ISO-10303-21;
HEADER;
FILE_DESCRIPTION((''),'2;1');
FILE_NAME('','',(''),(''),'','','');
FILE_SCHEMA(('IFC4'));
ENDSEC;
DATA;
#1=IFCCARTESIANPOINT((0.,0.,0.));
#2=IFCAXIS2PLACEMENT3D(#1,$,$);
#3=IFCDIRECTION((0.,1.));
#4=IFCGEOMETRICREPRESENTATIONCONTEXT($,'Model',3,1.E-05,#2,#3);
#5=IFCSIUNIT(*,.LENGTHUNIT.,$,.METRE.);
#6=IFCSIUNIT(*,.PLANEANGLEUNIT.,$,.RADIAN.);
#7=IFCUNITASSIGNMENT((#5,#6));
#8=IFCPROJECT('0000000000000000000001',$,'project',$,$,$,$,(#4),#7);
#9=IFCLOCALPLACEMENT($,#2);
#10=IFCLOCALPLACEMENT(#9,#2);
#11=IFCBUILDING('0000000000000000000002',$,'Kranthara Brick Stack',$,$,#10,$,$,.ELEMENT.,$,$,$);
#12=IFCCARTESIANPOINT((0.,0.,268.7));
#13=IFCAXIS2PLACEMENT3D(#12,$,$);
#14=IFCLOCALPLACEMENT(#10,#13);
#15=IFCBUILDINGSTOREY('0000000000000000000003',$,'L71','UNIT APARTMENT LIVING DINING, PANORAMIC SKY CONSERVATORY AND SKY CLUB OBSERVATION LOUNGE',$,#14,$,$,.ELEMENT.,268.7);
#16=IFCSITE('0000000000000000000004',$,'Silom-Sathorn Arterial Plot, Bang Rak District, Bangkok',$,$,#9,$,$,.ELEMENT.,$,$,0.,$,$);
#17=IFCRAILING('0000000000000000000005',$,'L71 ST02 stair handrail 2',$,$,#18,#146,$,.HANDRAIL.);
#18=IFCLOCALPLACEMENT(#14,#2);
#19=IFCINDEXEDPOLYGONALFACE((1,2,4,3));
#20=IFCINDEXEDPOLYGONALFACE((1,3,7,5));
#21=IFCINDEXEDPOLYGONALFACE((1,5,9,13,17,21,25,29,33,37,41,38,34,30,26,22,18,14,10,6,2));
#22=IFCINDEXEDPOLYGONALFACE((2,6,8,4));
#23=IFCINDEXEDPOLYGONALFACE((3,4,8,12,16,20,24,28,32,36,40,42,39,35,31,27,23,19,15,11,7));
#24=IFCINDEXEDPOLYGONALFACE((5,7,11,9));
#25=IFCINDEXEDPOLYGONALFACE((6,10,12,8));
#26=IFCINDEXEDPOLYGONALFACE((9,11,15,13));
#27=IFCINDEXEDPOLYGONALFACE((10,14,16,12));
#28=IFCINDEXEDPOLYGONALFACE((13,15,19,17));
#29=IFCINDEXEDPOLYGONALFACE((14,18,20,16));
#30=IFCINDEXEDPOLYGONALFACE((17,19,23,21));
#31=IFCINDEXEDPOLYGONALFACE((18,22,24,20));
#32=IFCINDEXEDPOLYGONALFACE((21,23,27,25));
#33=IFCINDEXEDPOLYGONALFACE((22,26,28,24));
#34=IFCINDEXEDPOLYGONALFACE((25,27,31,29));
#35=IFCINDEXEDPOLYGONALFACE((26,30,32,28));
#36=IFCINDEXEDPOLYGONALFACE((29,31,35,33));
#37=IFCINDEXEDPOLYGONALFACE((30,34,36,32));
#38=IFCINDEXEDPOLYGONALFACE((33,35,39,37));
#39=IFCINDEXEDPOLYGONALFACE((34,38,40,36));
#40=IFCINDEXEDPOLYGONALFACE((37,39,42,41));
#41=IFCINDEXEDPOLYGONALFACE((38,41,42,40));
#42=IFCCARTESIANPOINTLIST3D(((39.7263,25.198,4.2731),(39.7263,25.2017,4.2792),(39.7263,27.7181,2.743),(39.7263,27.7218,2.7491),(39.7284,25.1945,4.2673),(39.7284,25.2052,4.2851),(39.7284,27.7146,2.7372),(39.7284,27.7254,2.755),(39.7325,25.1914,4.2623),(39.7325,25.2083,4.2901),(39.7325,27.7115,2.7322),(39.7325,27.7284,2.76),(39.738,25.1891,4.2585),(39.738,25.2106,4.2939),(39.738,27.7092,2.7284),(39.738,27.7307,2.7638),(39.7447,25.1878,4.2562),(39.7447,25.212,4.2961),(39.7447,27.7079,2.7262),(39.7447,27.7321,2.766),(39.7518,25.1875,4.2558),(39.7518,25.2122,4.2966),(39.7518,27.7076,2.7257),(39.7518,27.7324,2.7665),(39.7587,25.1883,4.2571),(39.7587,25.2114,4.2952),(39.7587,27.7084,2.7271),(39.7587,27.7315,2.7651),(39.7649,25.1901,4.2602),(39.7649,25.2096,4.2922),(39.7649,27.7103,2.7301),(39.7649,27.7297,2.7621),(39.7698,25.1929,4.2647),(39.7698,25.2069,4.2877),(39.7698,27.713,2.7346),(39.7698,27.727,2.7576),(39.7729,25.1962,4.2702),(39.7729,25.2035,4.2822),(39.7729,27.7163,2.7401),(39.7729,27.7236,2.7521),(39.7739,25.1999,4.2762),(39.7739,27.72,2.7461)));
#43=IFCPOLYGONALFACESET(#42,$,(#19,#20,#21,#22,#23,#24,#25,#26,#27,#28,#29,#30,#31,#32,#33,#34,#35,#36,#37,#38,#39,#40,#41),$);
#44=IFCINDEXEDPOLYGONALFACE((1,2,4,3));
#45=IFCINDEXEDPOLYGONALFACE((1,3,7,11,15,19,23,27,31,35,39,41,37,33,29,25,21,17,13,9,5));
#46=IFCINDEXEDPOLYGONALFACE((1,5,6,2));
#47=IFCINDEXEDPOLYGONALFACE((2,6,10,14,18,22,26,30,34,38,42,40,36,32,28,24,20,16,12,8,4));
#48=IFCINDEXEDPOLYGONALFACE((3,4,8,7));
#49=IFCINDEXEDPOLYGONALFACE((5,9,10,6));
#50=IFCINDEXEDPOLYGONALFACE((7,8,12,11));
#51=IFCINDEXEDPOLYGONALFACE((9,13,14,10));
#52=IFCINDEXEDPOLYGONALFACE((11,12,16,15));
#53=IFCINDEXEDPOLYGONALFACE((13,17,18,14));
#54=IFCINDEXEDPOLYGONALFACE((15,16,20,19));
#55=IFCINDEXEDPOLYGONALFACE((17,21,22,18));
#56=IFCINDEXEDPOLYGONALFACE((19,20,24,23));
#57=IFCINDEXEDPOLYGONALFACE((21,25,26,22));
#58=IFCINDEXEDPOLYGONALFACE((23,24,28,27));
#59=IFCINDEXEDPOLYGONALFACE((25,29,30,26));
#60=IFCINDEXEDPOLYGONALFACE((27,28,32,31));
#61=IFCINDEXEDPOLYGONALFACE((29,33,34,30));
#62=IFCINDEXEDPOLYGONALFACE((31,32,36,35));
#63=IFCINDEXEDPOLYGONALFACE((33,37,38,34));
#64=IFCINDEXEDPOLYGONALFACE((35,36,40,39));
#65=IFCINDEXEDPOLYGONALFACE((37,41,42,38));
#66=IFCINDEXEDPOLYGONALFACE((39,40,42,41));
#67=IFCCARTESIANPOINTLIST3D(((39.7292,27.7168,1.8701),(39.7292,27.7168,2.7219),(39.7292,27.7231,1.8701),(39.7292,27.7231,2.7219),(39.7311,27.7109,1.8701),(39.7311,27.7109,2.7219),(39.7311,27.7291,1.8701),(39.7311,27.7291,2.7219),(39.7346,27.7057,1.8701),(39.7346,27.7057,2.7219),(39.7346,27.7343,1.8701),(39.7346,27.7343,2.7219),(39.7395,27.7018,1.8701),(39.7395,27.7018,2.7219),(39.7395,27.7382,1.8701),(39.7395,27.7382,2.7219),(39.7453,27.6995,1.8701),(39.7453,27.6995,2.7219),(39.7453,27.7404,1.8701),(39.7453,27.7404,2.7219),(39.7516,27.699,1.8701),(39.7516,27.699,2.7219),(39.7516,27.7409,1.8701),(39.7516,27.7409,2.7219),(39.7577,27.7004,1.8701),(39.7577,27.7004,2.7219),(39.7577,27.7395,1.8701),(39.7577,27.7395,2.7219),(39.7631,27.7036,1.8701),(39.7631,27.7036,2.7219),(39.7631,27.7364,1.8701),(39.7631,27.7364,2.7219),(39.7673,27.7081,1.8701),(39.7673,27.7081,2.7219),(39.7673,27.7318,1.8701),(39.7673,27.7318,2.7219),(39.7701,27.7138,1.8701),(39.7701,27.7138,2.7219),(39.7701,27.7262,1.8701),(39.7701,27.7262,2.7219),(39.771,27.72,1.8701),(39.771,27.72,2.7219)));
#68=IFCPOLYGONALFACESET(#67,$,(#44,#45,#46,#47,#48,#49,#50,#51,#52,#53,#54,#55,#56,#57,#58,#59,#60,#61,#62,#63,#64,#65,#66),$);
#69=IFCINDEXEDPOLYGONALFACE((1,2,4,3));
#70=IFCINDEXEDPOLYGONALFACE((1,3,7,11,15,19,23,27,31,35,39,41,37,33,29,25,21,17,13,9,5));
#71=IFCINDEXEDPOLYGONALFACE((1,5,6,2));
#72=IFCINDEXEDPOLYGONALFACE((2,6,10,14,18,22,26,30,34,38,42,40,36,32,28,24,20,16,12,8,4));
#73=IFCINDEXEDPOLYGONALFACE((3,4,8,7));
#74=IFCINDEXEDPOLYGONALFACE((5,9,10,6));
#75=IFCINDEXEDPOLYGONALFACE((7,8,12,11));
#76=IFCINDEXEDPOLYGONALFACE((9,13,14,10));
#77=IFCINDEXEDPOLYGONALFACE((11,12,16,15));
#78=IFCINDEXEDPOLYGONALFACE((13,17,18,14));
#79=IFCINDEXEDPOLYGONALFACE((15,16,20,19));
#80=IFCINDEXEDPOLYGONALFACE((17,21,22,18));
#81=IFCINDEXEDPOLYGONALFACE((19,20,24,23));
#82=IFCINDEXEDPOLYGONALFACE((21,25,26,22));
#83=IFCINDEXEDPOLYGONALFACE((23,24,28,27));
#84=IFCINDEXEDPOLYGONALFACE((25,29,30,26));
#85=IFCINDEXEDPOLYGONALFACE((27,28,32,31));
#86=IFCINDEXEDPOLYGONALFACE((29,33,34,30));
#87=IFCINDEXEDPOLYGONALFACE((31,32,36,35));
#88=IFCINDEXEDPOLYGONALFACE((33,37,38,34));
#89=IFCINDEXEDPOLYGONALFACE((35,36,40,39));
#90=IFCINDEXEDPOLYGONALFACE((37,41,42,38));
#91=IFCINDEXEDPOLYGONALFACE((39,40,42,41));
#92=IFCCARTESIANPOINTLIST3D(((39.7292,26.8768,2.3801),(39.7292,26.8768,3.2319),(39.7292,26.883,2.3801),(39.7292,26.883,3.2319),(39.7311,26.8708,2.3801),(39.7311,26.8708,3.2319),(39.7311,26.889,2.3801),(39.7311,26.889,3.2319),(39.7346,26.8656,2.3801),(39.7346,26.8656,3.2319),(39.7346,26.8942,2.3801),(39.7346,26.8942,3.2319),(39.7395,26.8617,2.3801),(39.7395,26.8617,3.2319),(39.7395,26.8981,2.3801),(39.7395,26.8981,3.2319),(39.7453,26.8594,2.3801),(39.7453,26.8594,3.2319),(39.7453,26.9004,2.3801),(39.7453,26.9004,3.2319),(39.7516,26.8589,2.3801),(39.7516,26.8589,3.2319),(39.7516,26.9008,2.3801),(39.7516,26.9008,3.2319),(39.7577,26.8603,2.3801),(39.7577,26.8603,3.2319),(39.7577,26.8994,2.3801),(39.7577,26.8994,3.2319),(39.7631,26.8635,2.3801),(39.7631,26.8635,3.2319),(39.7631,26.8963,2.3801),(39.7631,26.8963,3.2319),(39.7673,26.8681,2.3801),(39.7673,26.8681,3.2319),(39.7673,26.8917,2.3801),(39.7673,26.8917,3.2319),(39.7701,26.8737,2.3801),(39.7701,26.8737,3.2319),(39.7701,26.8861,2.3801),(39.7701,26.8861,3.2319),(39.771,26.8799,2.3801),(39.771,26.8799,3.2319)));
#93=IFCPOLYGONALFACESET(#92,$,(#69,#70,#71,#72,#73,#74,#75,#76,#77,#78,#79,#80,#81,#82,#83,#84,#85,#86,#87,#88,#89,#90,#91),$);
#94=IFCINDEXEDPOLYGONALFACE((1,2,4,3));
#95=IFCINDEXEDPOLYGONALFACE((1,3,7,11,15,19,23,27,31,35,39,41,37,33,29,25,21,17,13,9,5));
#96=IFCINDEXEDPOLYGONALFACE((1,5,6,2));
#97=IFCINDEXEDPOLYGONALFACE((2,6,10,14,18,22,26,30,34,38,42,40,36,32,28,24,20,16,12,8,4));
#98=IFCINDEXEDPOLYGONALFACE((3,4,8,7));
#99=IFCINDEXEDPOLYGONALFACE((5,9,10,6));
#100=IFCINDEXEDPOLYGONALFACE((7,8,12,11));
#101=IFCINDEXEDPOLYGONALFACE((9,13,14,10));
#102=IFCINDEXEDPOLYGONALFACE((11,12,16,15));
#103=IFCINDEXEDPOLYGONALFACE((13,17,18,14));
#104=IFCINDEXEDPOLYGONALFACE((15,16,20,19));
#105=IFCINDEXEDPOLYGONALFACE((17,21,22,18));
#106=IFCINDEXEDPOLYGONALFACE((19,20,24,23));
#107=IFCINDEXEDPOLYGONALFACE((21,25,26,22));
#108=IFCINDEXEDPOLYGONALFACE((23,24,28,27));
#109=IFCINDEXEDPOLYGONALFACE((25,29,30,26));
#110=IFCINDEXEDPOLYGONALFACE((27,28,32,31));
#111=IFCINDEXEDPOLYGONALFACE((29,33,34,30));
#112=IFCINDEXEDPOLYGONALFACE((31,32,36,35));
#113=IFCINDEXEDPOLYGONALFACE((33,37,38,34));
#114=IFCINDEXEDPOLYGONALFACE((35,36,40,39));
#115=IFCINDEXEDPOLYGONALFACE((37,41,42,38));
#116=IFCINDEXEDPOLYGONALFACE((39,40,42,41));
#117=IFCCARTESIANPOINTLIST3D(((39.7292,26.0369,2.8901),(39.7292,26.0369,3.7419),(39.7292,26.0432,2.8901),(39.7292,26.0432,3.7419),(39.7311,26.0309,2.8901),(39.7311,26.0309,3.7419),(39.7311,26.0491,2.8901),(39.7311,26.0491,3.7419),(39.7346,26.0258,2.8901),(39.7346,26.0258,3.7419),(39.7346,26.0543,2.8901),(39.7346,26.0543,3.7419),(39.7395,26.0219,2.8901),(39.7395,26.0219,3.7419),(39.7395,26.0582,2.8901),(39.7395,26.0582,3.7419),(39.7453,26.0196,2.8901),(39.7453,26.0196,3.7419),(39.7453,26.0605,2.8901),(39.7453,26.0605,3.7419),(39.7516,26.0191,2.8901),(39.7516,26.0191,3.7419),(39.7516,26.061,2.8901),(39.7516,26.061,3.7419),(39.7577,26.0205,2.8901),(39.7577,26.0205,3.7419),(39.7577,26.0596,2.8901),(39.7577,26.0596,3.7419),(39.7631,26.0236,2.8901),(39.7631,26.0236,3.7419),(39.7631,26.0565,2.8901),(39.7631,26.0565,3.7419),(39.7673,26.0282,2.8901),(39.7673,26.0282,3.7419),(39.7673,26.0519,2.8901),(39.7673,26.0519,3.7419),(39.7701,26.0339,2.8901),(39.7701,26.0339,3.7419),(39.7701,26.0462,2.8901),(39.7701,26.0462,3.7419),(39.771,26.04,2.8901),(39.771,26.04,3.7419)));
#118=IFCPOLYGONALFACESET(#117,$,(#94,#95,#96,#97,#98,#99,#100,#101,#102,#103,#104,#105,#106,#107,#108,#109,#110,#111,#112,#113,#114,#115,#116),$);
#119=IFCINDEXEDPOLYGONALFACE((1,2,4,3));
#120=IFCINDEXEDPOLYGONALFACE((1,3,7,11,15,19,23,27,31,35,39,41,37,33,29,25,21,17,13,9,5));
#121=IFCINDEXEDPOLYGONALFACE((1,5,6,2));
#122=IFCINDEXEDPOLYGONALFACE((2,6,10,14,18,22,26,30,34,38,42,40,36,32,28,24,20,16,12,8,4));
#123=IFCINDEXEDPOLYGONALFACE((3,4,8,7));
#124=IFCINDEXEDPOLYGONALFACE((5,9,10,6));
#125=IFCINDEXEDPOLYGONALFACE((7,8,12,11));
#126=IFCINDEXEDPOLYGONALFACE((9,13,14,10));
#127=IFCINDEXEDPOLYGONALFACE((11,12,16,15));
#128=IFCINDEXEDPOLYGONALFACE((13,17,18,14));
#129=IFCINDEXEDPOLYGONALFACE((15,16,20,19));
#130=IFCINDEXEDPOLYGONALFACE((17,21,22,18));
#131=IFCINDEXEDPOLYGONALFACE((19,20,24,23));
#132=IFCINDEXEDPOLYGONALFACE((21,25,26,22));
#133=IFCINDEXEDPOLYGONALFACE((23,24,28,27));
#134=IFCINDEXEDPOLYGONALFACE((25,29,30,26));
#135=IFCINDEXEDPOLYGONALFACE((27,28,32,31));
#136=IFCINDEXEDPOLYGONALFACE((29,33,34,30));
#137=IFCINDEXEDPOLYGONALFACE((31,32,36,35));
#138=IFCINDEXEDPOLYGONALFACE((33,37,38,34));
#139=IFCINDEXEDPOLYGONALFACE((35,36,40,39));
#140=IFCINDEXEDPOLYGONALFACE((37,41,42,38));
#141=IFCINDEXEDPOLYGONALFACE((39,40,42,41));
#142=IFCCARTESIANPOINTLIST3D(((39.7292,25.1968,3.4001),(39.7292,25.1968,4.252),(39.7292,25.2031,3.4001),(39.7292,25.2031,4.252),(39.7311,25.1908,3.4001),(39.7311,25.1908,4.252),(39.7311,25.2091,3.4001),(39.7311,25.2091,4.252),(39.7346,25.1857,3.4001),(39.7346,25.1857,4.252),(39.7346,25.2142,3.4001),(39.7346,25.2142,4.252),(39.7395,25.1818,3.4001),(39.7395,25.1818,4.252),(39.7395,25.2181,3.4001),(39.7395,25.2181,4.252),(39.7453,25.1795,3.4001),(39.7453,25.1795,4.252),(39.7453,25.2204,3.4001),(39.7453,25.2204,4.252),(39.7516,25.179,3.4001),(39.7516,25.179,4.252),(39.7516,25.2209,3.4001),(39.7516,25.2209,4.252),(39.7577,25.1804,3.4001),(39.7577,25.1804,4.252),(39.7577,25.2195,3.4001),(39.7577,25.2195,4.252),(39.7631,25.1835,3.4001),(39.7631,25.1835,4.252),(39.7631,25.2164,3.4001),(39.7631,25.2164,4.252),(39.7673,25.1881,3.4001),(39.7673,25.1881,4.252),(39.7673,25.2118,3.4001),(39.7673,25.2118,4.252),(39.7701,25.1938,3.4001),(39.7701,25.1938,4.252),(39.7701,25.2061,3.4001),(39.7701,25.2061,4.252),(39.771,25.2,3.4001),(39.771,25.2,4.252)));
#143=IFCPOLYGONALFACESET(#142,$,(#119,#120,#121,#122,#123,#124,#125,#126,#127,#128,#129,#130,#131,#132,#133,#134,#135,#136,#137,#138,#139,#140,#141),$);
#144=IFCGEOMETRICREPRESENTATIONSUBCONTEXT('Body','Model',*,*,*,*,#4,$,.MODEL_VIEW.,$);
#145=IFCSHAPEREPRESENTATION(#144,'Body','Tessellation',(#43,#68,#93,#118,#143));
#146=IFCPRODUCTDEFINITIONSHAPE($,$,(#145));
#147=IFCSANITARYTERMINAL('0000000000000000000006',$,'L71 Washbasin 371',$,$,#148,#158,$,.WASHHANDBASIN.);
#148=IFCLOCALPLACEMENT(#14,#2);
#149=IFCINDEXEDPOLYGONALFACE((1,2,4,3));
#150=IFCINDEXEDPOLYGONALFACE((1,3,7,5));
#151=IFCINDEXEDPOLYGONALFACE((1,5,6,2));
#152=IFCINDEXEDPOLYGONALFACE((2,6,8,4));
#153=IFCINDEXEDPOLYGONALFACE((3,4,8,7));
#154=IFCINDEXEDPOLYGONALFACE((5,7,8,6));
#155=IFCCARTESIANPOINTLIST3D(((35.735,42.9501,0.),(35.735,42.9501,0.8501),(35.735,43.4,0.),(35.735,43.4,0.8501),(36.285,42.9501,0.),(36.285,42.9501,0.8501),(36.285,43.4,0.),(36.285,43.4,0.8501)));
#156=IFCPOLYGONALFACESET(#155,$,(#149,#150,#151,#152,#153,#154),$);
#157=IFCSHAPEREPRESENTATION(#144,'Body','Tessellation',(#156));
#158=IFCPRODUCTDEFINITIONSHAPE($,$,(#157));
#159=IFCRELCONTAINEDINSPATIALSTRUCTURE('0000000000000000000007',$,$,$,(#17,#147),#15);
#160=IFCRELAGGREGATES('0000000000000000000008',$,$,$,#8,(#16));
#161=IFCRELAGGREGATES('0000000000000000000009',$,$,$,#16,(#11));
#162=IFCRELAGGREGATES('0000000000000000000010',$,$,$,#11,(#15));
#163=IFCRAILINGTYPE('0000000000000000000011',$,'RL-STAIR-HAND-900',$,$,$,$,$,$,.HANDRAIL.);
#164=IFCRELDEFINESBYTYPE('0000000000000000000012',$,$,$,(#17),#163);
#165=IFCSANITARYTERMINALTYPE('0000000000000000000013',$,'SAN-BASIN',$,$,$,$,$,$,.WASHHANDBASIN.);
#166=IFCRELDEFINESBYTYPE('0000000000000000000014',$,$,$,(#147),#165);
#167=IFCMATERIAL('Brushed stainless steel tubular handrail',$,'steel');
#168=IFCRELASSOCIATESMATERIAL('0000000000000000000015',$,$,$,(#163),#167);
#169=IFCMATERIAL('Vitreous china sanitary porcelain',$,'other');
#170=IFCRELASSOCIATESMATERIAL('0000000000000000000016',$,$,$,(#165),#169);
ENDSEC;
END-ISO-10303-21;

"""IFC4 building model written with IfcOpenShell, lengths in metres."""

from ifc_helpers import new_model, si_unit, direction, frame, origin, origin_2d, place, context, subcontext, project, spatial, rectangle, circle, extrude, material, type_object, element, save


model = new_model("IFC4")

# Units and contexts
model_context = context("Model", 3, precision=1e-05, world=origin(), true_north=direction((0.0, 1.0)))
body_context = subcontext(model_context, "Body", "Model", "MODEL_VIEW")
ifc_project = project(units=[si_unit("LENGTHUNIT", "METRE"), si_unit("PLANEANGLEUNIT", "RADIAN")], contexts=[model_context])

# Site, building, storey
site_placement = place(None, origin())
site = spatial("IfcSite", under=ifc_project, at=site_placement, Name="Silom-Sathorn Arterial Plot, Bang Rak District, Bangkok", CompositionType="ELEMENT", RefElevation=0.0)
building_placement = place(site_placement, origin())
building = spatial("IfcBuilding", under=site, at=building_placement, Name="Kranthara Brick Stack", CompositionType="ELEMENT")
storey_placement = place(building_placement, frame((0.0, 0.0, 268.7)))
storey = spatial("IfcBuildingStorey", under=building, at=storey_placement, Name="L71", Description="UNIT APARTMENT LIVING DINING, PANORAMIC SKY CONSERVATORY AND SKY CLUB OBSERVATION LOUNGE", CompositionType="ELEMENT", Elevation=268.7)

# Railing
ifc_material_1 = material(Name="Brushed stainless steel tubular handrail", Category="steel")
railing_type_1 = type_object("IfcRailingType", Name="RL-STAIR-HAND-900", PredefinedType="HANDRAIL", material=ifc_material_1)
railing_1_placement = place(storey_placement, frame((39.75, 27.72, 1.8701)))
element("IfcRailing", 1, at=railing_1_placement, inside=storey, type_object=railing_type_1, Name="L71 ST02 stair handrail 2", PredefinedType="HANDRAIL", context=body_context, shape_type="SweptSolid", body=[
    extrude(circle(Radius=0.0239, at=origin_2d()), frame((0.0, 0.0, 0.876), z_axis=(0.0, -0.854785, 0.518982), x_axis=(1.0, 0.0, 0.0)), (0.0, 0.0, 1.0), 2.9482),
    extrude(circle(Radius=0.021, at=origin_2d()), origin(), (0.0, 0.0, 1.0), 0.8518),
    extrude(circle(Radius=0.021, at=origin_2d()), frame((0.0, -0.8401, 0.51)), (0.0, 0.0, 1.0), 0.8518),
    extrude(circle(Radius=0.021, at=origin_2d()), frame((0.0, -1.6799, 1.02)), (0.0, 0.0, 1.0), 0.8518),
    extrude(circle(Radius=0.021, at=origin_2d()), frame((0.0, -2.52, 1.53)), (0.0, 0.0, 1.0), 0.8518),
])

# Sanitary terminal
ifc_material_2 = material(Name="Vitreous china sanitary porcelain", Category="other")
sanitary_terminal_type = type_object("IfcSanitaryTerminalType", Name="SAN-BASIN", PredefinedType="WASHHANDBASIN", material=ifc_material_2)
sanitary_terminal_placement = place(storey_placement, frame((36.01, 43.175, 0.0), z_axis=(0.0, 0.0, 1.0), x_axis=(1.0, 0.0, 0.0)))
element("IfcSanitaryTerminal", 2, at=sanitary_terminal_placement, inside=storey, type_object=sanitary_terminal_type, Name="L71 Washbasin 371", PredefinedType="WASHHANDBASIN", context=body_context, shape_type="SweptSolid", body=[
    extrude(rectangle(XDim=0.55, YDim=0.45, at=origin_2d()), origin(), (0.0, 0.0, 1.0), 0.8501),
])

save(model, "model.ifc")
